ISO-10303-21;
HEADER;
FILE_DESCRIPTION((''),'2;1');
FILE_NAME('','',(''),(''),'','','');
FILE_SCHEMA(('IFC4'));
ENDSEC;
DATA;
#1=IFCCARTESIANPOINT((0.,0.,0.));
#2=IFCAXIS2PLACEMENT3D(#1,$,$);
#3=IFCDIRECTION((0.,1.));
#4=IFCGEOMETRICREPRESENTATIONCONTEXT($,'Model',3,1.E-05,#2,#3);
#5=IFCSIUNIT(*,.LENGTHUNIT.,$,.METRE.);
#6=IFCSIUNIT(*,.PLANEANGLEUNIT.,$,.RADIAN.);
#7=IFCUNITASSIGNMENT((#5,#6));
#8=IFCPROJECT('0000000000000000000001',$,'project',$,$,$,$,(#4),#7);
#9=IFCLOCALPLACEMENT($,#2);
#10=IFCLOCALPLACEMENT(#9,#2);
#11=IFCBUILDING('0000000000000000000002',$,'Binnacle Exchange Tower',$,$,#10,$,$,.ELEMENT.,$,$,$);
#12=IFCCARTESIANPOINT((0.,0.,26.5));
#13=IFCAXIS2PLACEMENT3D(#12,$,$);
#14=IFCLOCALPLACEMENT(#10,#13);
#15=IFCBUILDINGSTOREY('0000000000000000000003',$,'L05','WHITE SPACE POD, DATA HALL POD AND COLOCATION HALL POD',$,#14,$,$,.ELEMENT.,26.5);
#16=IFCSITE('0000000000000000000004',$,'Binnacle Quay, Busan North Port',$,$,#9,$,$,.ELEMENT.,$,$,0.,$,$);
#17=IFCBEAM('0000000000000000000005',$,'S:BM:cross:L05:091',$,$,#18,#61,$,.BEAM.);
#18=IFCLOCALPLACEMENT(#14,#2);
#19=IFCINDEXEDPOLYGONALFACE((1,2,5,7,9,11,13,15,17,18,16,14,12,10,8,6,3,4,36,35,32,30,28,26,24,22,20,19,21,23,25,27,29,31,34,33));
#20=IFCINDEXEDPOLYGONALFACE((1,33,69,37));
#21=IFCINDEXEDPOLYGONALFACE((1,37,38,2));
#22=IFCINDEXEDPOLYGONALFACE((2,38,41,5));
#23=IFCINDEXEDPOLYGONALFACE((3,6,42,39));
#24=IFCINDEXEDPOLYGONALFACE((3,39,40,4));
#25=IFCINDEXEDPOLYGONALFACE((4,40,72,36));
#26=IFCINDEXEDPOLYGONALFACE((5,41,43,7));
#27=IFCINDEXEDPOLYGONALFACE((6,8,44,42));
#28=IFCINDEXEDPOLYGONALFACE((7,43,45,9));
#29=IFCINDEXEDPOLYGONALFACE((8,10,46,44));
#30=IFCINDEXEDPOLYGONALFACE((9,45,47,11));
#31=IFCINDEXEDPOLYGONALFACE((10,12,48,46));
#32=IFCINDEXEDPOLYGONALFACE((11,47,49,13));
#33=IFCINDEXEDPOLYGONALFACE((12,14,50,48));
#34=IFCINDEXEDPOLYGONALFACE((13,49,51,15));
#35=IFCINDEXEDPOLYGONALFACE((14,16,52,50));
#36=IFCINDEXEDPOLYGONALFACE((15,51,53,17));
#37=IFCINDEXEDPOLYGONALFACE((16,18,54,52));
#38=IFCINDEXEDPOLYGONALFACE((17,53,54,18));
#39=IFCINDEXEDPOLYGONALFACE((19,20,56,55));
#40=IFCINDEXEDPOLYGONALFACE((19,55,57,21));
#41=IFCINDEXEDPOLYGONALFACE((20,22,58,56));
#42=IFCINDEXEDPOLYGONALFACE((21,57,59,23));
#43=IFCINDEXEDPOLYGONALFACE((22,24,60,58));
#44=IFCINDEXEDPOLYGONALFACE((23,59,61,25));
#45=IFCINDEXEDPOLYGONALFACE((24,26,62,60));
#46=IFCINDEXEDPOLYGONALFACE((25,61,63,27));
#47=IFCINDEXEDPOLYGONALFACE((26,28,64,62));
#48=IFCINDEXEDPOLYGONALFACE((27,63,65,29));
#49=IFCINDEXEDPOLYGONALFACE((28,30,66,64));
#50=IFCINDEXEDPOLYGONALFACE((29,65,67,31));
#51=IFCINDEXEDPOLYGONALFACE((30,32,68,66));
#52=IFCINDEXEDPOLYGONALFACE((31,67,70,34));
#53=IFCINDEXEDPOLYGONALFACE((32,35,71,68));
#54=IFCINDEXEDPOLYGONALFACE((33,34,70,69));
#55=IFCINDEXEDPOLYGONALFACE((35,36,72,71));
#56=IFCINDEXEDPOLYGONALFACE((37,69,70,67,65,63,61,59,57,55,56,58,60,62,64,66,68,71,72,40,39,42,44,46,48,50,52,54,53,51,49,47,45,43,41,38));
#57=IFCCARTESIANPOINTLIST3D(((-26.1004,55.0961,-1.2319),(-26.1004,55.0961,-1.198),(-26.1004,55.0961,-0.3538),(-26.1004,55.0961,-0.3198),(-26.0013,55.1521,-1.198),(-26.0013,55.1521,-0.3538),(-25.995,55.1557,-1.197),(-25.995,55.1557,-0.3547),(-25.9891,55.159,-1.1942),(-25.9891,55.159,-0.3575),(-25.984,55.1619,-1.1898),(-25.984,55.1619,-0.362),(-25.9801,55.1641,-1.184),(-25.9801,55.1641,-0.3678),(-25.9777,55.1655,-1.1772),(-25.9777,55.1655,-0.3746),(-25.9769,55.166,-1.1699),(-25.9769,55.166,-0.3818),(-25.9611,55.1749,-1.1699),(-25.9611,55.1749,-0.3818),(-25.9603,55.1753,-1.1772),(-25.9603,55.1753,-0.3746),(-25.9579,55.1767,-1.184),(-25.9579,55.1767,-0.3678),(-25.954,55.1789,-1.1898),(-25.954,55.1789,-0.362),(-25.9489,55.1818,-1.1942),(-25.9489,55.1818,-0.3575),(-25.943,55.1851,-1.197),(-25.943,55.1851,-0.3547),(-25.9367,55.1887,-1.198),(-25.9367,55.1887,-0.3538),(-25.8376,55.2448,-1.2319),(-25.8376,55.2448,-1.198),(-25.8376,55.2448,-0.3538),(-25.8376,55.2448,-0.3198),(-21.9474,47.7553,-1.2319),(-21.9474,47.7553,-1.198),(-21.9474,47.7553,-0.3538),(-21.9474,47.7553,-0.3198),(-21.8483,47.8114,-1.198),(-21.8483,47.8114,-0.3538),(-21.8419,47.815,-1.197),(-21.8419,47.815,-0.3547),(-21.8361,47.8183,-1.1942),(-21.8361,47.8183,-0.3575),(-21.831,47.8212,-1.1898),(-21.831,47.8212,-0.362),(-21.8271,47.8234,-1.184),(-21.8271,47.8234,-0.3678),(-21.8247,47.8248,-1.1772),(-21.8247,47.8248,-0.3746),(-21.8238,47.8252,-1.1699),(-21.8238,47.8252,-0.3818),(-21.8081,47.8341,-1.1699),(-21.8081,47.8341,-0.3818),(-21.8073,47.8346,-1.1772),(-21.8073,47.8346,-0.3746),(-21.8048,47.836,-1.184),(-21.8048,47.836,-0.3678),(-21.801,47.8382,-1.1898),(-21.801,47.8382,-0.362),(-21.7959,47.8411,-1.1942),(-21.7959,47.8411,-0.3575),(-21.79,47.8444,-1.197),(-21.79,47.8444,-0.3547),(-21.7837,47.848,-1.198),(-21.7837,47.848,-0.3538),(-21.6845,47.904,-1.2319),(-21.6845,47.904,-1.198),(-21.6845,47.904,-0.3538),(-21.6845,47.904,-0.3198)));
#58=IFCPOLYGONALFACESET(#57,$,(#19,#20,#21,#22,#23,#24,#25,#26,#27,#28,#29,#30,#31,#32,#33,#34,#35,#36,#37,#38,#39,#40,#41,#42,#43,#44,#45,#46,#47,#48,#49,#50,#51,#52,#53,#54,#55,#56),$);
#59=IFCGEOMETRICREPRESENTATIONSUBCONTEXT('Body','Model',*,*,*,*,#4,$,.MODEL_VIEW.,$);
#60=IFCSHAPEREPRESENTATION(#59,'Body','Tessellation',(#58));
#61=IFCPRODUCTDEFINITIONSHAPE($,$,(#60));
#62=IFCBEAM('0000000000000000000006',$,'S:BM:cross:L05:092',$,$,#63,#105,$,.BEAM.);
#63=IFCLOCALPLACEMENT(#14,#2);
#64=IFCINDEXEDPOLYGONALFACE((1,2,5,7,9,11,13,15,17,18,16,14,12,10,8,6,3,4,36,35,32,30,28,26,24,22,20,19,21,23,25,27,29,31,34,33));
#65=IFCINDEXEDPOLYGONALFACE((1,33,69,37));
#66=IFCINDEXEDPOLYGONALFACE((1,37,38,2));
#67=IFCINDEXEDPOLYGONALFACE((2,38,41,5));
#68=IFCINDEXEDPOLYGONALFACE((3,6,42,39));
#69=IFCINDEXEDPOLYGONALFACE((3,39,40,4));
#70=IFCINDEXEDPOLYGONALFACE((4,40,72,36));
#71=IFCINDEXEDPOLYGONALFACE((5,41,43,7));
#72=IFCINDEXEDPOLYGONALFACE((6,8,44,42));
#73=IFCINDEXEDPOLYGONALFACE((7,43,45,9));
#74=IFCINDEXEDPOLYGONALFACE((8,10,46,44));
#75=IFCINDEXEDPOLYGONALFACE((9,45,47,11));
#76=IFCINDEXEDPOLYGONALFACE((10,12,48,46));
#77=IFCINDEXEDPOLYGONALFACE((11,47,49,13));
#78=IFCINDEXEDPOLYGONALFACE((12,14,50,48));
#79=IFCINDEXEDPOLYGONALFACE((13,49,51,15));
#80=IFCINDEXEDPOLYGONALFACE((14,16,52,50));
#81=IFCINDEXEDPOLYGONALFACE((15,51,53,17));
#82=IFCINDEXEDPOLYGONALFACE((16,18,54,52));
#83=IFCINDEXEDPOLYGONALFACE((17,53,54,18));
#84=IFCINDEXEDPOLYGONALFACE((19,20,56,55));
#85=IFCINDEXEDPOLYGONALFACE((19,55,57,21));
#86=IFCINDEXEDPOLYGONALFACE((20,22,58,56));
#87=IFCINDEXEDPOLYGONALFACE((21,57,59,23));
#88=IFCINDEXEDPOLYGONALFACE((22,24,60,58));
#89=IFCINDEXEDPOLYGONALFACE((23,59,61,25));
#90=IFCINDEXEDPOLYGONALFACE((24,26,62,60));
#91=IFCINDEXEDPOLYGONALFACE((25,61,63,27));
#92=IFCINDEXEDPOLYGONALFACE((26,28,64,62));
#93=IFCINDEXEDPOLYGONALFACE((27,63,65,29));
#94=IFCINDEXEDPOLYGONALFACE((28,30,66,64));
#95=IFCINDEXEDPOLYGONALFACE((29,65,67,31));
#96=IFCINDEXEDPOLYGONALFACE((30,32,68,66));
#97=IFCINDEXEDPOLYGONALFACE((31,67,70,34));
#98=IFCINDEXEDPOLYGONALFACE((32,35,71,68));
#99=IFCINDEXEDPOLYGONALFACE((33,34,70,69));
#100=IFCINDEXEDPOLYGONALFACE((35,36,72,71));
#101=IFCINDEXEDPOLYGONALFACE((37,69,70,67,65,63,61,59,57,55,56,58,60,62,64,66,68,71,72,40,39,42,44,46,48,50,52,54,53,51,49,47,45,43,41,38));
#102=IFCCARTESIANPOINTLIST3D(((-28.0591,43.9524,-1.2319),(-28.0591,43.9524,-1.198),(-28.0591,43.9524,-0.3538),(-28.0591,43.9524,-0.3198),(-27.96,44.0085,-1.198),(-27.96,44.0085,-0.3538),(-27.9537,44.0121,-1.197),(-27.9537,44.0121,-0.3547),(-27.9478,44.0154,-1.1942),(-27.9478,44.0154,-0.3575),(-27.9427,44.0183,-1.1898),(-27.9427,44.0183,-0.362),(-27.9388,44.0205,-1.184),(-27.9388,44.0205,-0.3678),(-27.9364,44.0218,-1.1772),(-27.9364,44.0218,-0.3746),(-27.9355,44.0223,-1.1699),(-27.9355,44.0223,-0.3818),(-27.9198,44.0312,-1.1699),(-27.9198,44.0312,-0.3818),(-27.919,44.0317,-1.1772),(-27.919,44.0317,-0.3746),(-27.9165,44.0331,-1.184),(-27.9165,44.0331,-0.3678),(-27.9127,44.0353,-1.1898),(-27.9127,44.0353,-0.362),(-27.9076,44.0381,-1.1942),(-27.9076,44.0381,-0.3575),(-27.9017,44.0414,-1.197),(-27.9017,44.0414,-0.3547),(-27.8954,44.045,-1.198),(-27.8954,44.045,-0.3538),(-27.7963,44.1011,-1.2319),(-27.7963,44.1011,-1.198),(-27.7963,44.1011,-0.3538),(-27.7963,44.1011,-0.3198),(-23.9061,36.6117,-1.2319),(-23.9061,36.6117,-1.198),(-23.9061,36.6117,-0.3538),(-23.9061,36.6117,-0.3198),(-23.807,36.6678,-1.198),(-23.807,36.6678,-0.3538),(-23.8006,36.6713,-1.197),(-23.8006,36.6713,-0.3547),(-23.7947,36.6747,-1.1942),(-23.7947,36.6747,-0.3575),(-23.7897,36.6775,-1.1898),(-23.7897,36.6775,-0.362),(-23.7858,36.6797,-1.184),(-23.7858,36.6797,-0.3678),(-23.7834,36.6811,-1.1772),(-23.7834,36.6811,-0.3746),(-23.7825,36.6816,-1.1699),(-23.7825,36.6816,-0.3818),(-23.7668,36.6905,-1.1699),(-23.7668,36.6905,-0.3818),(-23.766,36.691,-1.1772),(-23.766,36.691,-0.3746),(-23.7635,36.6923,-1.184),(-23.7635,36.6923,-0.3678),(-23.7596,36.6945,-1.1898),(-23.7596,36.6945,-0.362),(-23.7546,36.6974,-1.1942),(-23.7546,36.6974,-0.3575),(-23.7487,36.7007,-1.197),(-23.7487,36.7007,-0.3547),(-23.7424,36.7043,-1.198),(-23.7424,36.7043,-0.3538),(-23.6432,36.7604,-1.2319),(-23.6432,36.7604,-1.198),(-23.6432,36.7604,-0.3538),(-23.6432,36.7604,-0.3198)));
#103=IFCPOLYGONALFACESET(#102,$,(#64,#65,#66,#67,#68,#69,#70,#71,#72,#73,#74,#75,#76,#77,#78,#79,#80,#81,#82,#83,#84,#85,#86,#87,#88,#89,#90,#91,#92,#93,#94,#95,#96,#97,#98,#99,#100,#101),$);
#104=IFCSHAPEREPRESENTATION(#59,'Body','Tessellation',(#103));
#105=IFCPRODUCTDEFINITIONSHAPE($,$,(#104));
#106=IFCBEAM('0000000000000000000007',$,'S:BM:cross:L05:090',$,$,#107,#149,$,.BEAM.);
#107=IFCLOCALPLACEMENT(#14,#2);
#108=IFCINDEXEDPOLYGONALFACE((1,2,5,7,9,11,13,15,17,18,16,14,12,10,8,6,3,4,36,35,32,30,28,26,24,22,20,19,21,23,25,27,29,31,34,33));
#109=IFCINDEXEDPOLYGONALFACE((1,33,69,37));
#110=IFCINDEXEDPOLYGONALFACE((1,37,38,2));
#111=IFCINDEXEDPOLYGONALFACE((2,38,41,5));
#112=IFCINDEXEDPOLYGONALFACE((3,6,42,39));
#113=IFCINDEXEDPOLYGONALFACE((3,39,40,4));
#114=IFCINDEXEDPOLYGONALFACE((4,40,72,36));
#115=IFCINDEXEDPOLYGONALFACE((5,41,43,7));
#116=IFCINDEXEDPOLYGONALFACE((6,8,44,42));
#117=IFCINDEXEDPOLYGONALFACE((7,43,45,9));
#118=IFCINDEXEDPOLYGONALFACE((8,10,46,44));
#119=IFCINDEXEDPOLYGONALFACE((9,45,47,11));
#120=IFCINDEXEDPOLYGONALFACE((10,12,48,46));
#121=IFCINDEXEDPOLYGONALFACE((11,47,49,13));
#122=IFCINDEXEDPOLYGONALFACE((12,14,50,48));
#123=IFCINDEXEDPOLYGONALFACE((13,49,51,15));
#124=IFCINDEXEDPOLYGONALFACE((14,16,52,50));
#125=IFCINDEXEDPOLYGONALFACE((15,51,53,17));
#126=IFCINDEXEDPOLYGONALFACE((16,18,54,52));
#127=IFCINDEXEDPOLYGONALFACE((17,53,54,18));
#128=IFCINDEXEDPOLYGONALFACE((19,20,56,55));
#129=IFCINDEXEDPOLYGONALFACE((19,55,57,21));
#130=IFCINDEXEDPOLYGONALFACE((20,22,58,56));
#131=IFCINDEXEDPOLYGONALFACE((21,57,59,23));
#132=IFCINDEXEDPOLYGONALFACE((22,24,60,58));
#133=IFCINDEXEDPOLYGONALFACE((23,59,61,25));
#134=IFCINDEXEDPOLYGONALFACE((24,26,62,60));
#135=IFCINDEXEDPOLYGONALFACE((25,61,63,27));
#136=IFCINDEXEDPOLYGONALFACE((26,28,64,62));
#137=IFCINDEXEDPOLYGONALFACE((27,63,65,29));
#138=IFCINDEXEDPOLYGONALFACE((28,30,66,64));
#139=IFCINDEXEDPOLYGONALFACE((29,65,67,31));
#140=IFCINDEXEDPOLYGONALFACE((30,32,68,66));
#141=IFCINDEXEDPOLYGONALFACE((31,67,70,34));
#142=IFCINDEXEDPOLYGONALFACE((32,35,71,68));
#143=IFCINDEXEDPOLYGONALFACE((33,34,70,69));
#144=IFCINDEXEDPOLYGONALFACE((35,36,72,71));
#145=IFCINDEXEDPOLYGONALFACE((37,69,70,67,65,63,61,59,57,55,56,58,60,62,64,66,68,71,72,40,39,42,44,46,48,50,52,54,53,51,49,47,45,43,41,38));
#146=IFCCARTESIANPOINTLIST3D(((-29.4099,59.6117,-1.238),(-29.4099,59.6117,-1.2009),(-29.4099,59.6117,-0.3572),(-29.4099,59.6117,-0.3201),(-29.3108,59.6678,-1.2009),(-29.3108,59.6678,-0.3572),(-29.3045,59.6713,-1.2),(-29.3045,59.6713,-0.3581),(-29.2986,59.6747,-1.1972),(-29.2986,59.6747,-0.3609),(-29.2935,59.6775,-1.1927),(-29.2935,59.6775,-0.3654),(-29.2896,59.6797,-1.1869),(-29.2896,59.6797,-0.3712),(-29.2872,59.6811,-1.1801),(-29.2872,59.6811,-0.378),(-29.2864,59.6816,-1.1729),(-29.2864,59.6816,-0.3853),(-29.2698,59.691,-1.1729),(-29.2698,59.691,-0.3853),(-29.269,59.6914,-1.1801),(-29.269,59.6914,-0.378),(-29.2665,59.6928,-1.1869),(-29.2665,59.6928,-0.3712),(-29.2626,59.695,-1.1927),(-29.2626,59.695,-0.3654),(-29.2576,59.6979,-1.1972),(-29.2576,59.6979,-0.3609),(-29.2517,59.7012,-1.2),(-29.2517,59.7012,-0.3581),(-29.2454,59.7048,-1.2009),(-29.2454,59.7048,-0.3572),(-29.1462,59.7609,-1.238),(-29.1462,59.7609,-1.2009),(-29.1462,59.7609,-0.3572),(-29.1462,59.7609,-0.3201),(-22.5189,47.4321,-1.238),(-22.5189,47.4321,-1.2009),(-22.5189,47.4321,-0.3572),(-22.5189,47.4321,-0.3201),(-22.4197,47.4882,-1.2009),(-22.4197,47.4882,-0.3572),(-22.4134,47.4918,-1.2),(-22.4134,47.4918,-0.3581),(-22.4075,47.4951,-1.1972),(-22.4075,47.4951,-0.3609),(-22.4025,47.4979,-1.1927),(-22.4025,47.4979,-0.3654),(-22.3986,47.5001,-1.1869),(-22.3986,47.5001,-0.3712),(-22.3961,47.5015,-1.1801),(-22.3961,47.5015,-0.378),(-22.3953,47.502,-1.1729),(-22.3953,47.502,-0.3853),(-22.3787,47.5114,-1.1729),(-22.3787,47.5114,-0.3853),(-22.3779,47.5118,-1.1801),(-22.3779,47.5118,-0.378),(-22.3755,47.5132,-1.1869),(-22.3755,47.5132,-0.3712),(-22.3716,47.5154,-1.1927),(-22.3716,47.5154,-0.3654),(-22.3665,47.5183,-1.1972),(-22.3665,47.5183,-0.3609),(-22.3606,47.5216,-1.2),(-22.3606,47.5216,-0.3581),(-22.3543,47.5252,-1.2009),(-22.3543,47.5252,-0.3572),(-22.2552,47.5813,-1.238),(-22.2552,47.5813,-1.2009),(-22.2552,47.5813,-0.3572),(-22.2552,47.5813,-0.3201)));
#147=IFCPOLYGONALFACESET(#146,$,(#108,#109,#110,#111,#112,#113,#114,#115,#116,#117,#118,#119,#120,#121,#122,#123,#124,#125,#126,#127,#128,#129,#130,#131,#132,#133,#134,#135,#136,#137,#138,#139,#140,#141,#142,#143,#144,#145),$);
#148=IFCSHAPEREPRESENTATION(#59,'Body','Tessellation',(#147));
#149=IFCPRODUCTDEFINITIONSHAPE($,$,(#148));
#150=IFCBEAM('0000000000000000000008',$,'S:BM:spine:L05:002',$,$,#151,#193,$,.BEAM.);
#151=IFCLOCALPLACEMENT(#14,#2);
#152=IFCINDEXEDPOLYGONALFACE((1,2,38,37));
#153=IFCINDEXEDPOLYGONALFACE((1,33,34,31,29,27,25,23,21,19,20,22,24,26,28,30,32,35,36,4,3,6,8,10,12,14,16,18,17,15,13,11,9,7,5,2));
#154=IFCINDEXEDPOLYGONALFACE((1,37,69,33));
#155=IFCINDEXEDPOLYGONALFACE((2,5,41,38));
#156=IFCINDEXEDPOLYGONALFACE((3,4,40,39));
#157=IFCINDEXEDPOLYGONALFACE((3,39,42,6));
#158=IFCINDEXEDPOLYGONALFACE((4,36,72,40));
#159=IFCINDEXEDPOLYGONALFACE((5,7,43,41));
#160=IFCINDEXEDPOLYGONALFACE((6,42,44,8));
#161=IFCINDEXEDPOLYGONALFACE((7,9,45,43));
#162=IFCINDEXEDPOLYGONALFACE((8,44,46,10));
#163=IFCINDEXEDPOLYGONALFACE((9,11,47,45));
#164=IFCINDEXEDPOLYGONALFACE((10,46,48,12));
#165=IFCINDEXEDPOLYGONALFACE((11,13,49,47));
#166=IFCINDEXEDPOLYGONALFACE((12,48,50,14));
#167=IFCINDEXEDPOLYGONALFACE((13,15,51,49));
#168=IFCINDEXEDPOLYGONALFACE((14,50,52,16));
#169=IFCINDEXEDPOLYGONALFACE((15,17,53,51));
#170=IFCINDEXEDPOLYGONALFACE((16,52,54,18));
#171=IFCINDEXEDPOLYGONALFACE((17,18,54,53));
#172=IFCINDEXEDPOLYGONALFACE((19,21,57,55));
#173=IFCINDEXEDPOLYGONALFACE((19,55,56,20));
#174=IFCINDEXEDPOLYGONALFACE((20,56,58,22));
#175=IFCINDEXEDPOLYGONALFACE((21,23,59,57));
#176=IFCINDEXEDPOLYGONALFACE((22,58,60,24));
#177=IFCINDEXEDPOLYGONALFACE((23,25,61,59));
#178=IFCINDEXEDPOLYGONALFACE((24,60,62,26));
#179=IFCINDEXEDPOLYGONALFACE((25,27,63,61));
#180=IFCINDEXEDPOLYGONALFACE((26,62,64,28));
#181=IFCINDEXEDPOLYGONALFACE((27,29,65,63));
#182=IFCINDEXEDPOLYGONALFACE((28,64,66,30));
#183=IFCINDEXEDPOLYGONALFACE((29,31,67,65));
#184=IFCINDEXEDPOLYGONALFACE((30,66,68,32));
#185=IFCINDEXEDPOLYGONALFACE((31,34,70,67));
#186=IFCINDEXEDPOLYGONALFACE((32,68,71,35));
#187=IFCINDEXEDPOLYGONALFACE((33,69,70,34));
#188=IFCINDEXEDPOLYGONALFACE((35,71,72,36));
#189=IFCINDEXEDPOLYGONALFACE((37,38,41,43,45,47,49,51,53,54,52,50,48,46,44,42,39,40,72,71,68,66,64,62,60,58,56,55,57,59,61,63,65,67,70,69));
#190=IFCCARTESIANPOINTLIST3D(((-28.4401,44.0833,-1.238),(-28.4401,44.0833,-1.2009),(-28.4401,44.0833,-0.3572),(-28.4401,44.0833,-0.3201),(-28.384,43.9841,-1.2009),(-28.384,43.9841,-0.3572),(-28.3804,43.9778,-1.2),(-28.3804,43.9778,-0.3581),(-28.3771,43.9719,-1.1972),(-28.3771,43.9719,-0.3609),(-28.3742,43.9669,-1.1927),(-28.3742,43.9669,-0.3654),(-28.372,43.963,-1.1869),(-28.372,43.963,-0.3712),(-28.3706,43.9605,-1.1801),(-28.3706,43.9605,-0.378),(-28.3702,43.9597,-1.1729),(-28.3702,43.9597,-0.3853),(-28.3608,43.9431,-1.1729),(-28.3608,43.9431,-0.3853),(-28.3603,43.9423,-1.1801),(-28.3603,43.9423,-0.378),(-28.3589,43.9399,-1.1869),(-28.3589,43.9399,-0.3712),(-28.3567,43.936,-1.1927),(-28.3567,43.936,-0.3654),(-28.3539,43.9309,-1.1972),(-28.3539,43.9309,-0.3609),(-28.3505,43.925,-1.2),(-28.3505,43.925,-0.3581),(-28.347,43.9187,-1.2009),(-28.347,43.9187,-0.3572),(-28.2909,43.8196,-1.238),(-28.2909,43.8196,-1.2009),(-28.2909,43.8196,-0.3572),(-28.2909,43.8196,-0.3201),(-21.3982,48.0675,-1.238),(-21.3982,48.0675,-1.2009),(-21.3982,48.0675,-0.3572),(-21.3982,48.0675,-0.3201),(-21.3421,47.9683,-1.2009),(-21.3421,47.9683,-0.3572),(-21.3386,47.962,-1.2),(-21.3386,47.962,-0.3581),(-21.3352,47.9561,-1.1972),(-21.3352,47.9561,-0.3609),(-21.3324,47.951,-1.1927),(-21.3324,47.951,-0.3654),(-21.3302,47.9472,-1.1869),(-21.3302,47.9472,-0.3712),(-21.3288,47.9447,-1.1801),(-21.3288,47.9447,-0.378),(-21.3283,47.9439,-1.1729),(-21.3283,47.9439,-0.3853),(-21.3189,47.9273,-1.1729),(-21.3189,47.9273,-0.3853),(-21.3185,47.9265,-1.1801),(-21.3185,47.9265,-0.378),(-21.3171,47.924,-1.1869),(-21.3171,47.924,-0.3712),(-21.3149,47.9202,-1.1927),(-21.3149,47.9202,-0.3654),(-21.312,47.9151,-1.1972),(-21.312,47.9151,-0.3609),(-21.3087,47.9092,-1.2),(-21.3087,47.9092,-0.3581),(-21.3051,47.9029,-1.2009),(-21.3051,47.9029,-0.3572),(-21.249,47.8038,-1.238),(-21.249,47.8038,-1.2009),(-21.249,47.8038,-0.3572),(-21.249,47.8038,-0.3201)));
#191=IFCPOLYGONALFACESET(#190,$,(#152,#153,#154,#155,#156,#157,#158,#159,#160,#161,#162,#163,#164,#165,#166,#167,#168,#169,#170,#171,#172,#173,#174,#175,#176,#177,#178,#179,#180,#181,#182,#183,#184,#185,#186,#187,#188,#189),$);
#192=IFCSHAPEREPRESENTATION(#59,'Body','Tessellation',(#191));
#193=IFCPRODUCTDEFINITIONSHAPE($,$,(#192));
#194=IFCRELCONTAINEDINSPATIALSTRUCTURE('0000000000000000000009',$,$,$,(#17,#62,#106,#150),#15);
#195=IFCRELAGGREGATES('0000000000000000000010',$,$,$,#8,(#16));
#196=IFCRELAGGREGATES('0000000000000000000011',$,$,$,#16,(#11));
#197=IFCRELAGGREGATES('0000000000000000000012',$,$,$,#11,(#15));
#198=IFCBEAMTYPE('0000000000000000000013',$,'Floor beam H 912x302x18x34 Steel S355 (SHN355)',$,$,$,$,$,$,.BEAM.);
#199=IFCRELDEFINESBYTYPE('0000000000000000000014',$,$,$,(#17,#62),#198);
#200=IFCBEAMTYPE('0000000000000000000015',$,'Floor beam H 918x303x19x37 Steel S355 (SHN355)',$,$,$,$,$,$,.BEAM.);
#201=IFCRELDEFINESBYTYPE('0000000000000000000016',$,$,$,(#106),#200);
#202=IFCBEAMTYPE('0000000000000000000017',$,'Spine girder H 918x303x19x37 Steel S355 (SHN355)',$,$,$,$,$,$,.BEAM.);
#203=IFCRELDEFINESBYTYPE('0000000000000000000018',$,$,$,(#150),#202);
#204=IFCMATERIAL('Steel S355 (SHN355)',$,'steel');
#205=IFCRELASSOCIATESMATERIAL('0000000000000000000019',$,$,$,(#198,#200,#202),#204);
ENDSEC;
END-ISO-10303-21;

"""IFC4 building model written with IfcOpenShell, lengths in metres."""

from ifc_helpers import new_model, si_unit, direction, frame, origin, origin_2d, place, context, subcontext, project, spatial, i_section, extrude, material, material_profile, profile_set, type_object, element, save


model = new_model("IFC4")

# Units and contexts
model_context = context("Model", 3, precision=1e-05, world=origin(), true_north=direction((0.0, 1.0)))
body_context = subcontext(model_context, "Body", "Model", "MODEL_VIEW")
ifc_project = project(units=[si_unit("LENGTHUNIT", "METRE"), si_unit("PLANEANGLEUNIT", "RADIAN")], contexts=[model_context])

# Site, building, storey
site_placement = place(None, origin())
site = spatial("IfcSite", under=ifc_project, at=site_placement, Name="Binnacle Quay, Busan North Port", CompositionType="ELEMENT", RefElevation=0.0)
building_placement = place(site_placement, origin())
building = spatial("IfcBuilding", under=site, at=building_placement, Name="Binnacle Exchange Tower", CompositionType="ELEMENT")
storey_placement = place(building_placement, frame((0.0, 0.0, 26.5)))
storey = spatial("IfcBuildingStorey", under=building, at=storey_placement, Name="L05", Description="WHITE SPACE POD, DATA HALL POD AND COLOCATION HALL POD", CompositionType="ELEMENT", Elevation=26.5)

# Beams
ifc_material_1 = material(Name="Steel S355 (SHN355)", Category="steel")
ifc_material_profile_1 = material_profile(ifc_material_1, i_section(OverallWidth=0.302, OverallDepth=0.9121, WebThickness=0.0181, FlangeThickness=0.0339, FilletRadius=0.0281, at=origin_2d()), Name="H 912x302x18x34")
ifc_profile_set_1 = profile_set([ifc_material_profile_1], Name="Steel S355 (SHN355)")
beam_type_1 = type_object("IfcBeamType", Name="Floor beam H 912x302x18x34 Steel S355 (SHN355)", PredefinedType="BEAM", material=ifc_profile_set_1)
for number, where, z_axis, x_axis, name in (
    (1, (-25.969, 55.1704, -0.7759), (0.492409, -0.870364, 0.0), (0.870364, 0.492409, 0.0), "S:BM:cross:L05:091"),
    (2, (-23.7747, 36.686, -0.7759), (-0.492409, 0.870364, 0.0), (-0.870364, -0.492409, 0.0), "S:BM:cross:L05:092"),
):
    element("IfcBeam", number, at=place(storey_placement, frame(where, z_axis=z_axis, x_axis=x_axis)), inside=storey, type_object=beam_type_1, Name=name, PredefinedType="BEAM", context=body_context, shape_type="SweptSolid", body=[
        extrude(i_section(OverallWidth=0.302, OverallDepth=0.9121, WebThickness=0.0181, FlangeThickness=0.0339, FilletRadius=0.0281, at=origin_2d()), origin(), (0.0, 0.0, 1.0), 8.4341),
    ])
ifc_material_profile_2 = material_profile(ifc_material_1, i_section(OverallWidth=0.303, OverallDepth=0.918, WebThickness=0.019, FlangeThickness=0.0371, FilletRadius=0.0281, at=origin_2d()), Name="H 918x303x19x37")
ifc_profile_set_2 = profile_set([ifc_material_profile_2], Name="Steel S355 (SHN355)")
beam_type_2 = type_object("IfcBeamType", Name="Floor beam H 918x303x19x37 Steel S355 (SHN355)", PredefinedType="BEAM", material=ifc_profile_set_2)
beam_1_placement = place(storey_placement, frame((-29.2781, 59.6863, -0.7791), z_axis=(0.492433, -0.87035, 0.0), x_axis=(0.87035, 0.492433, 0.0)))
element("IfcBeam", 3, at=beam_1_placement, inside=storey, type_object=beam_type_2, Name="S:BM:cross:L05:090", PredefinedType="BEAM", context=body_context, shape_type="SweptSolid", body=[
    extrude(i_section(OverallWidth=0.303, OverallDepth=0.918, WebThickness=0.019, FlangeThickness=0.0371, FilletRadius=0.0281, at=origin_2d()), origin(), (0.0, 0.0, 1.0), 13.9939),
])
ifc_material_profile_3 = material_profile(ifc_material_1, i_section(OverallWidth=0.303, OverallDepth=0.918, WebThickness=0.019, FlangeThickness=0.0371, FilletRadius=0.0281, at=origin_2d()), Name="H 918x303x19x37")
ifc_profile_set_3 = profile_set([ifc_material_profile_3], Name="Steel S355 (SHN355)")
beam_type_3 = type_object("IfcBeamType", Name="Spine girder H 918x303x19x37 Steel S355 (SHN355)", PredefinedType="BEAM", material=ifc_profile_set_3)
beam_2_placement = place(storey_placement, frame((-28.3655, 43.9514, -0.7791), z_axis=(0.87035, 0.492433, 0.0), x_axis=(-0.492433, 0.87035, 0.0)))
element("IfcBeam", 4, at=beam_2_placement, inside=storey, type_object=beam_type_3, Name="S:BM:spine:L05:002", PredefinedType="BEAM", context=body_context, shape_type="SweptSolid", body=[
    extrude(i_section(OverallWidth=0.303, OverallDepth=0.918, WebThickness=0.019, FlangeThickness=0.0371, FilletRadius=0.0281, at=origin_2d()), origin(), (0.0, 0.0, 1.0), 8.0908),
])

save(model, "model.ifc")
